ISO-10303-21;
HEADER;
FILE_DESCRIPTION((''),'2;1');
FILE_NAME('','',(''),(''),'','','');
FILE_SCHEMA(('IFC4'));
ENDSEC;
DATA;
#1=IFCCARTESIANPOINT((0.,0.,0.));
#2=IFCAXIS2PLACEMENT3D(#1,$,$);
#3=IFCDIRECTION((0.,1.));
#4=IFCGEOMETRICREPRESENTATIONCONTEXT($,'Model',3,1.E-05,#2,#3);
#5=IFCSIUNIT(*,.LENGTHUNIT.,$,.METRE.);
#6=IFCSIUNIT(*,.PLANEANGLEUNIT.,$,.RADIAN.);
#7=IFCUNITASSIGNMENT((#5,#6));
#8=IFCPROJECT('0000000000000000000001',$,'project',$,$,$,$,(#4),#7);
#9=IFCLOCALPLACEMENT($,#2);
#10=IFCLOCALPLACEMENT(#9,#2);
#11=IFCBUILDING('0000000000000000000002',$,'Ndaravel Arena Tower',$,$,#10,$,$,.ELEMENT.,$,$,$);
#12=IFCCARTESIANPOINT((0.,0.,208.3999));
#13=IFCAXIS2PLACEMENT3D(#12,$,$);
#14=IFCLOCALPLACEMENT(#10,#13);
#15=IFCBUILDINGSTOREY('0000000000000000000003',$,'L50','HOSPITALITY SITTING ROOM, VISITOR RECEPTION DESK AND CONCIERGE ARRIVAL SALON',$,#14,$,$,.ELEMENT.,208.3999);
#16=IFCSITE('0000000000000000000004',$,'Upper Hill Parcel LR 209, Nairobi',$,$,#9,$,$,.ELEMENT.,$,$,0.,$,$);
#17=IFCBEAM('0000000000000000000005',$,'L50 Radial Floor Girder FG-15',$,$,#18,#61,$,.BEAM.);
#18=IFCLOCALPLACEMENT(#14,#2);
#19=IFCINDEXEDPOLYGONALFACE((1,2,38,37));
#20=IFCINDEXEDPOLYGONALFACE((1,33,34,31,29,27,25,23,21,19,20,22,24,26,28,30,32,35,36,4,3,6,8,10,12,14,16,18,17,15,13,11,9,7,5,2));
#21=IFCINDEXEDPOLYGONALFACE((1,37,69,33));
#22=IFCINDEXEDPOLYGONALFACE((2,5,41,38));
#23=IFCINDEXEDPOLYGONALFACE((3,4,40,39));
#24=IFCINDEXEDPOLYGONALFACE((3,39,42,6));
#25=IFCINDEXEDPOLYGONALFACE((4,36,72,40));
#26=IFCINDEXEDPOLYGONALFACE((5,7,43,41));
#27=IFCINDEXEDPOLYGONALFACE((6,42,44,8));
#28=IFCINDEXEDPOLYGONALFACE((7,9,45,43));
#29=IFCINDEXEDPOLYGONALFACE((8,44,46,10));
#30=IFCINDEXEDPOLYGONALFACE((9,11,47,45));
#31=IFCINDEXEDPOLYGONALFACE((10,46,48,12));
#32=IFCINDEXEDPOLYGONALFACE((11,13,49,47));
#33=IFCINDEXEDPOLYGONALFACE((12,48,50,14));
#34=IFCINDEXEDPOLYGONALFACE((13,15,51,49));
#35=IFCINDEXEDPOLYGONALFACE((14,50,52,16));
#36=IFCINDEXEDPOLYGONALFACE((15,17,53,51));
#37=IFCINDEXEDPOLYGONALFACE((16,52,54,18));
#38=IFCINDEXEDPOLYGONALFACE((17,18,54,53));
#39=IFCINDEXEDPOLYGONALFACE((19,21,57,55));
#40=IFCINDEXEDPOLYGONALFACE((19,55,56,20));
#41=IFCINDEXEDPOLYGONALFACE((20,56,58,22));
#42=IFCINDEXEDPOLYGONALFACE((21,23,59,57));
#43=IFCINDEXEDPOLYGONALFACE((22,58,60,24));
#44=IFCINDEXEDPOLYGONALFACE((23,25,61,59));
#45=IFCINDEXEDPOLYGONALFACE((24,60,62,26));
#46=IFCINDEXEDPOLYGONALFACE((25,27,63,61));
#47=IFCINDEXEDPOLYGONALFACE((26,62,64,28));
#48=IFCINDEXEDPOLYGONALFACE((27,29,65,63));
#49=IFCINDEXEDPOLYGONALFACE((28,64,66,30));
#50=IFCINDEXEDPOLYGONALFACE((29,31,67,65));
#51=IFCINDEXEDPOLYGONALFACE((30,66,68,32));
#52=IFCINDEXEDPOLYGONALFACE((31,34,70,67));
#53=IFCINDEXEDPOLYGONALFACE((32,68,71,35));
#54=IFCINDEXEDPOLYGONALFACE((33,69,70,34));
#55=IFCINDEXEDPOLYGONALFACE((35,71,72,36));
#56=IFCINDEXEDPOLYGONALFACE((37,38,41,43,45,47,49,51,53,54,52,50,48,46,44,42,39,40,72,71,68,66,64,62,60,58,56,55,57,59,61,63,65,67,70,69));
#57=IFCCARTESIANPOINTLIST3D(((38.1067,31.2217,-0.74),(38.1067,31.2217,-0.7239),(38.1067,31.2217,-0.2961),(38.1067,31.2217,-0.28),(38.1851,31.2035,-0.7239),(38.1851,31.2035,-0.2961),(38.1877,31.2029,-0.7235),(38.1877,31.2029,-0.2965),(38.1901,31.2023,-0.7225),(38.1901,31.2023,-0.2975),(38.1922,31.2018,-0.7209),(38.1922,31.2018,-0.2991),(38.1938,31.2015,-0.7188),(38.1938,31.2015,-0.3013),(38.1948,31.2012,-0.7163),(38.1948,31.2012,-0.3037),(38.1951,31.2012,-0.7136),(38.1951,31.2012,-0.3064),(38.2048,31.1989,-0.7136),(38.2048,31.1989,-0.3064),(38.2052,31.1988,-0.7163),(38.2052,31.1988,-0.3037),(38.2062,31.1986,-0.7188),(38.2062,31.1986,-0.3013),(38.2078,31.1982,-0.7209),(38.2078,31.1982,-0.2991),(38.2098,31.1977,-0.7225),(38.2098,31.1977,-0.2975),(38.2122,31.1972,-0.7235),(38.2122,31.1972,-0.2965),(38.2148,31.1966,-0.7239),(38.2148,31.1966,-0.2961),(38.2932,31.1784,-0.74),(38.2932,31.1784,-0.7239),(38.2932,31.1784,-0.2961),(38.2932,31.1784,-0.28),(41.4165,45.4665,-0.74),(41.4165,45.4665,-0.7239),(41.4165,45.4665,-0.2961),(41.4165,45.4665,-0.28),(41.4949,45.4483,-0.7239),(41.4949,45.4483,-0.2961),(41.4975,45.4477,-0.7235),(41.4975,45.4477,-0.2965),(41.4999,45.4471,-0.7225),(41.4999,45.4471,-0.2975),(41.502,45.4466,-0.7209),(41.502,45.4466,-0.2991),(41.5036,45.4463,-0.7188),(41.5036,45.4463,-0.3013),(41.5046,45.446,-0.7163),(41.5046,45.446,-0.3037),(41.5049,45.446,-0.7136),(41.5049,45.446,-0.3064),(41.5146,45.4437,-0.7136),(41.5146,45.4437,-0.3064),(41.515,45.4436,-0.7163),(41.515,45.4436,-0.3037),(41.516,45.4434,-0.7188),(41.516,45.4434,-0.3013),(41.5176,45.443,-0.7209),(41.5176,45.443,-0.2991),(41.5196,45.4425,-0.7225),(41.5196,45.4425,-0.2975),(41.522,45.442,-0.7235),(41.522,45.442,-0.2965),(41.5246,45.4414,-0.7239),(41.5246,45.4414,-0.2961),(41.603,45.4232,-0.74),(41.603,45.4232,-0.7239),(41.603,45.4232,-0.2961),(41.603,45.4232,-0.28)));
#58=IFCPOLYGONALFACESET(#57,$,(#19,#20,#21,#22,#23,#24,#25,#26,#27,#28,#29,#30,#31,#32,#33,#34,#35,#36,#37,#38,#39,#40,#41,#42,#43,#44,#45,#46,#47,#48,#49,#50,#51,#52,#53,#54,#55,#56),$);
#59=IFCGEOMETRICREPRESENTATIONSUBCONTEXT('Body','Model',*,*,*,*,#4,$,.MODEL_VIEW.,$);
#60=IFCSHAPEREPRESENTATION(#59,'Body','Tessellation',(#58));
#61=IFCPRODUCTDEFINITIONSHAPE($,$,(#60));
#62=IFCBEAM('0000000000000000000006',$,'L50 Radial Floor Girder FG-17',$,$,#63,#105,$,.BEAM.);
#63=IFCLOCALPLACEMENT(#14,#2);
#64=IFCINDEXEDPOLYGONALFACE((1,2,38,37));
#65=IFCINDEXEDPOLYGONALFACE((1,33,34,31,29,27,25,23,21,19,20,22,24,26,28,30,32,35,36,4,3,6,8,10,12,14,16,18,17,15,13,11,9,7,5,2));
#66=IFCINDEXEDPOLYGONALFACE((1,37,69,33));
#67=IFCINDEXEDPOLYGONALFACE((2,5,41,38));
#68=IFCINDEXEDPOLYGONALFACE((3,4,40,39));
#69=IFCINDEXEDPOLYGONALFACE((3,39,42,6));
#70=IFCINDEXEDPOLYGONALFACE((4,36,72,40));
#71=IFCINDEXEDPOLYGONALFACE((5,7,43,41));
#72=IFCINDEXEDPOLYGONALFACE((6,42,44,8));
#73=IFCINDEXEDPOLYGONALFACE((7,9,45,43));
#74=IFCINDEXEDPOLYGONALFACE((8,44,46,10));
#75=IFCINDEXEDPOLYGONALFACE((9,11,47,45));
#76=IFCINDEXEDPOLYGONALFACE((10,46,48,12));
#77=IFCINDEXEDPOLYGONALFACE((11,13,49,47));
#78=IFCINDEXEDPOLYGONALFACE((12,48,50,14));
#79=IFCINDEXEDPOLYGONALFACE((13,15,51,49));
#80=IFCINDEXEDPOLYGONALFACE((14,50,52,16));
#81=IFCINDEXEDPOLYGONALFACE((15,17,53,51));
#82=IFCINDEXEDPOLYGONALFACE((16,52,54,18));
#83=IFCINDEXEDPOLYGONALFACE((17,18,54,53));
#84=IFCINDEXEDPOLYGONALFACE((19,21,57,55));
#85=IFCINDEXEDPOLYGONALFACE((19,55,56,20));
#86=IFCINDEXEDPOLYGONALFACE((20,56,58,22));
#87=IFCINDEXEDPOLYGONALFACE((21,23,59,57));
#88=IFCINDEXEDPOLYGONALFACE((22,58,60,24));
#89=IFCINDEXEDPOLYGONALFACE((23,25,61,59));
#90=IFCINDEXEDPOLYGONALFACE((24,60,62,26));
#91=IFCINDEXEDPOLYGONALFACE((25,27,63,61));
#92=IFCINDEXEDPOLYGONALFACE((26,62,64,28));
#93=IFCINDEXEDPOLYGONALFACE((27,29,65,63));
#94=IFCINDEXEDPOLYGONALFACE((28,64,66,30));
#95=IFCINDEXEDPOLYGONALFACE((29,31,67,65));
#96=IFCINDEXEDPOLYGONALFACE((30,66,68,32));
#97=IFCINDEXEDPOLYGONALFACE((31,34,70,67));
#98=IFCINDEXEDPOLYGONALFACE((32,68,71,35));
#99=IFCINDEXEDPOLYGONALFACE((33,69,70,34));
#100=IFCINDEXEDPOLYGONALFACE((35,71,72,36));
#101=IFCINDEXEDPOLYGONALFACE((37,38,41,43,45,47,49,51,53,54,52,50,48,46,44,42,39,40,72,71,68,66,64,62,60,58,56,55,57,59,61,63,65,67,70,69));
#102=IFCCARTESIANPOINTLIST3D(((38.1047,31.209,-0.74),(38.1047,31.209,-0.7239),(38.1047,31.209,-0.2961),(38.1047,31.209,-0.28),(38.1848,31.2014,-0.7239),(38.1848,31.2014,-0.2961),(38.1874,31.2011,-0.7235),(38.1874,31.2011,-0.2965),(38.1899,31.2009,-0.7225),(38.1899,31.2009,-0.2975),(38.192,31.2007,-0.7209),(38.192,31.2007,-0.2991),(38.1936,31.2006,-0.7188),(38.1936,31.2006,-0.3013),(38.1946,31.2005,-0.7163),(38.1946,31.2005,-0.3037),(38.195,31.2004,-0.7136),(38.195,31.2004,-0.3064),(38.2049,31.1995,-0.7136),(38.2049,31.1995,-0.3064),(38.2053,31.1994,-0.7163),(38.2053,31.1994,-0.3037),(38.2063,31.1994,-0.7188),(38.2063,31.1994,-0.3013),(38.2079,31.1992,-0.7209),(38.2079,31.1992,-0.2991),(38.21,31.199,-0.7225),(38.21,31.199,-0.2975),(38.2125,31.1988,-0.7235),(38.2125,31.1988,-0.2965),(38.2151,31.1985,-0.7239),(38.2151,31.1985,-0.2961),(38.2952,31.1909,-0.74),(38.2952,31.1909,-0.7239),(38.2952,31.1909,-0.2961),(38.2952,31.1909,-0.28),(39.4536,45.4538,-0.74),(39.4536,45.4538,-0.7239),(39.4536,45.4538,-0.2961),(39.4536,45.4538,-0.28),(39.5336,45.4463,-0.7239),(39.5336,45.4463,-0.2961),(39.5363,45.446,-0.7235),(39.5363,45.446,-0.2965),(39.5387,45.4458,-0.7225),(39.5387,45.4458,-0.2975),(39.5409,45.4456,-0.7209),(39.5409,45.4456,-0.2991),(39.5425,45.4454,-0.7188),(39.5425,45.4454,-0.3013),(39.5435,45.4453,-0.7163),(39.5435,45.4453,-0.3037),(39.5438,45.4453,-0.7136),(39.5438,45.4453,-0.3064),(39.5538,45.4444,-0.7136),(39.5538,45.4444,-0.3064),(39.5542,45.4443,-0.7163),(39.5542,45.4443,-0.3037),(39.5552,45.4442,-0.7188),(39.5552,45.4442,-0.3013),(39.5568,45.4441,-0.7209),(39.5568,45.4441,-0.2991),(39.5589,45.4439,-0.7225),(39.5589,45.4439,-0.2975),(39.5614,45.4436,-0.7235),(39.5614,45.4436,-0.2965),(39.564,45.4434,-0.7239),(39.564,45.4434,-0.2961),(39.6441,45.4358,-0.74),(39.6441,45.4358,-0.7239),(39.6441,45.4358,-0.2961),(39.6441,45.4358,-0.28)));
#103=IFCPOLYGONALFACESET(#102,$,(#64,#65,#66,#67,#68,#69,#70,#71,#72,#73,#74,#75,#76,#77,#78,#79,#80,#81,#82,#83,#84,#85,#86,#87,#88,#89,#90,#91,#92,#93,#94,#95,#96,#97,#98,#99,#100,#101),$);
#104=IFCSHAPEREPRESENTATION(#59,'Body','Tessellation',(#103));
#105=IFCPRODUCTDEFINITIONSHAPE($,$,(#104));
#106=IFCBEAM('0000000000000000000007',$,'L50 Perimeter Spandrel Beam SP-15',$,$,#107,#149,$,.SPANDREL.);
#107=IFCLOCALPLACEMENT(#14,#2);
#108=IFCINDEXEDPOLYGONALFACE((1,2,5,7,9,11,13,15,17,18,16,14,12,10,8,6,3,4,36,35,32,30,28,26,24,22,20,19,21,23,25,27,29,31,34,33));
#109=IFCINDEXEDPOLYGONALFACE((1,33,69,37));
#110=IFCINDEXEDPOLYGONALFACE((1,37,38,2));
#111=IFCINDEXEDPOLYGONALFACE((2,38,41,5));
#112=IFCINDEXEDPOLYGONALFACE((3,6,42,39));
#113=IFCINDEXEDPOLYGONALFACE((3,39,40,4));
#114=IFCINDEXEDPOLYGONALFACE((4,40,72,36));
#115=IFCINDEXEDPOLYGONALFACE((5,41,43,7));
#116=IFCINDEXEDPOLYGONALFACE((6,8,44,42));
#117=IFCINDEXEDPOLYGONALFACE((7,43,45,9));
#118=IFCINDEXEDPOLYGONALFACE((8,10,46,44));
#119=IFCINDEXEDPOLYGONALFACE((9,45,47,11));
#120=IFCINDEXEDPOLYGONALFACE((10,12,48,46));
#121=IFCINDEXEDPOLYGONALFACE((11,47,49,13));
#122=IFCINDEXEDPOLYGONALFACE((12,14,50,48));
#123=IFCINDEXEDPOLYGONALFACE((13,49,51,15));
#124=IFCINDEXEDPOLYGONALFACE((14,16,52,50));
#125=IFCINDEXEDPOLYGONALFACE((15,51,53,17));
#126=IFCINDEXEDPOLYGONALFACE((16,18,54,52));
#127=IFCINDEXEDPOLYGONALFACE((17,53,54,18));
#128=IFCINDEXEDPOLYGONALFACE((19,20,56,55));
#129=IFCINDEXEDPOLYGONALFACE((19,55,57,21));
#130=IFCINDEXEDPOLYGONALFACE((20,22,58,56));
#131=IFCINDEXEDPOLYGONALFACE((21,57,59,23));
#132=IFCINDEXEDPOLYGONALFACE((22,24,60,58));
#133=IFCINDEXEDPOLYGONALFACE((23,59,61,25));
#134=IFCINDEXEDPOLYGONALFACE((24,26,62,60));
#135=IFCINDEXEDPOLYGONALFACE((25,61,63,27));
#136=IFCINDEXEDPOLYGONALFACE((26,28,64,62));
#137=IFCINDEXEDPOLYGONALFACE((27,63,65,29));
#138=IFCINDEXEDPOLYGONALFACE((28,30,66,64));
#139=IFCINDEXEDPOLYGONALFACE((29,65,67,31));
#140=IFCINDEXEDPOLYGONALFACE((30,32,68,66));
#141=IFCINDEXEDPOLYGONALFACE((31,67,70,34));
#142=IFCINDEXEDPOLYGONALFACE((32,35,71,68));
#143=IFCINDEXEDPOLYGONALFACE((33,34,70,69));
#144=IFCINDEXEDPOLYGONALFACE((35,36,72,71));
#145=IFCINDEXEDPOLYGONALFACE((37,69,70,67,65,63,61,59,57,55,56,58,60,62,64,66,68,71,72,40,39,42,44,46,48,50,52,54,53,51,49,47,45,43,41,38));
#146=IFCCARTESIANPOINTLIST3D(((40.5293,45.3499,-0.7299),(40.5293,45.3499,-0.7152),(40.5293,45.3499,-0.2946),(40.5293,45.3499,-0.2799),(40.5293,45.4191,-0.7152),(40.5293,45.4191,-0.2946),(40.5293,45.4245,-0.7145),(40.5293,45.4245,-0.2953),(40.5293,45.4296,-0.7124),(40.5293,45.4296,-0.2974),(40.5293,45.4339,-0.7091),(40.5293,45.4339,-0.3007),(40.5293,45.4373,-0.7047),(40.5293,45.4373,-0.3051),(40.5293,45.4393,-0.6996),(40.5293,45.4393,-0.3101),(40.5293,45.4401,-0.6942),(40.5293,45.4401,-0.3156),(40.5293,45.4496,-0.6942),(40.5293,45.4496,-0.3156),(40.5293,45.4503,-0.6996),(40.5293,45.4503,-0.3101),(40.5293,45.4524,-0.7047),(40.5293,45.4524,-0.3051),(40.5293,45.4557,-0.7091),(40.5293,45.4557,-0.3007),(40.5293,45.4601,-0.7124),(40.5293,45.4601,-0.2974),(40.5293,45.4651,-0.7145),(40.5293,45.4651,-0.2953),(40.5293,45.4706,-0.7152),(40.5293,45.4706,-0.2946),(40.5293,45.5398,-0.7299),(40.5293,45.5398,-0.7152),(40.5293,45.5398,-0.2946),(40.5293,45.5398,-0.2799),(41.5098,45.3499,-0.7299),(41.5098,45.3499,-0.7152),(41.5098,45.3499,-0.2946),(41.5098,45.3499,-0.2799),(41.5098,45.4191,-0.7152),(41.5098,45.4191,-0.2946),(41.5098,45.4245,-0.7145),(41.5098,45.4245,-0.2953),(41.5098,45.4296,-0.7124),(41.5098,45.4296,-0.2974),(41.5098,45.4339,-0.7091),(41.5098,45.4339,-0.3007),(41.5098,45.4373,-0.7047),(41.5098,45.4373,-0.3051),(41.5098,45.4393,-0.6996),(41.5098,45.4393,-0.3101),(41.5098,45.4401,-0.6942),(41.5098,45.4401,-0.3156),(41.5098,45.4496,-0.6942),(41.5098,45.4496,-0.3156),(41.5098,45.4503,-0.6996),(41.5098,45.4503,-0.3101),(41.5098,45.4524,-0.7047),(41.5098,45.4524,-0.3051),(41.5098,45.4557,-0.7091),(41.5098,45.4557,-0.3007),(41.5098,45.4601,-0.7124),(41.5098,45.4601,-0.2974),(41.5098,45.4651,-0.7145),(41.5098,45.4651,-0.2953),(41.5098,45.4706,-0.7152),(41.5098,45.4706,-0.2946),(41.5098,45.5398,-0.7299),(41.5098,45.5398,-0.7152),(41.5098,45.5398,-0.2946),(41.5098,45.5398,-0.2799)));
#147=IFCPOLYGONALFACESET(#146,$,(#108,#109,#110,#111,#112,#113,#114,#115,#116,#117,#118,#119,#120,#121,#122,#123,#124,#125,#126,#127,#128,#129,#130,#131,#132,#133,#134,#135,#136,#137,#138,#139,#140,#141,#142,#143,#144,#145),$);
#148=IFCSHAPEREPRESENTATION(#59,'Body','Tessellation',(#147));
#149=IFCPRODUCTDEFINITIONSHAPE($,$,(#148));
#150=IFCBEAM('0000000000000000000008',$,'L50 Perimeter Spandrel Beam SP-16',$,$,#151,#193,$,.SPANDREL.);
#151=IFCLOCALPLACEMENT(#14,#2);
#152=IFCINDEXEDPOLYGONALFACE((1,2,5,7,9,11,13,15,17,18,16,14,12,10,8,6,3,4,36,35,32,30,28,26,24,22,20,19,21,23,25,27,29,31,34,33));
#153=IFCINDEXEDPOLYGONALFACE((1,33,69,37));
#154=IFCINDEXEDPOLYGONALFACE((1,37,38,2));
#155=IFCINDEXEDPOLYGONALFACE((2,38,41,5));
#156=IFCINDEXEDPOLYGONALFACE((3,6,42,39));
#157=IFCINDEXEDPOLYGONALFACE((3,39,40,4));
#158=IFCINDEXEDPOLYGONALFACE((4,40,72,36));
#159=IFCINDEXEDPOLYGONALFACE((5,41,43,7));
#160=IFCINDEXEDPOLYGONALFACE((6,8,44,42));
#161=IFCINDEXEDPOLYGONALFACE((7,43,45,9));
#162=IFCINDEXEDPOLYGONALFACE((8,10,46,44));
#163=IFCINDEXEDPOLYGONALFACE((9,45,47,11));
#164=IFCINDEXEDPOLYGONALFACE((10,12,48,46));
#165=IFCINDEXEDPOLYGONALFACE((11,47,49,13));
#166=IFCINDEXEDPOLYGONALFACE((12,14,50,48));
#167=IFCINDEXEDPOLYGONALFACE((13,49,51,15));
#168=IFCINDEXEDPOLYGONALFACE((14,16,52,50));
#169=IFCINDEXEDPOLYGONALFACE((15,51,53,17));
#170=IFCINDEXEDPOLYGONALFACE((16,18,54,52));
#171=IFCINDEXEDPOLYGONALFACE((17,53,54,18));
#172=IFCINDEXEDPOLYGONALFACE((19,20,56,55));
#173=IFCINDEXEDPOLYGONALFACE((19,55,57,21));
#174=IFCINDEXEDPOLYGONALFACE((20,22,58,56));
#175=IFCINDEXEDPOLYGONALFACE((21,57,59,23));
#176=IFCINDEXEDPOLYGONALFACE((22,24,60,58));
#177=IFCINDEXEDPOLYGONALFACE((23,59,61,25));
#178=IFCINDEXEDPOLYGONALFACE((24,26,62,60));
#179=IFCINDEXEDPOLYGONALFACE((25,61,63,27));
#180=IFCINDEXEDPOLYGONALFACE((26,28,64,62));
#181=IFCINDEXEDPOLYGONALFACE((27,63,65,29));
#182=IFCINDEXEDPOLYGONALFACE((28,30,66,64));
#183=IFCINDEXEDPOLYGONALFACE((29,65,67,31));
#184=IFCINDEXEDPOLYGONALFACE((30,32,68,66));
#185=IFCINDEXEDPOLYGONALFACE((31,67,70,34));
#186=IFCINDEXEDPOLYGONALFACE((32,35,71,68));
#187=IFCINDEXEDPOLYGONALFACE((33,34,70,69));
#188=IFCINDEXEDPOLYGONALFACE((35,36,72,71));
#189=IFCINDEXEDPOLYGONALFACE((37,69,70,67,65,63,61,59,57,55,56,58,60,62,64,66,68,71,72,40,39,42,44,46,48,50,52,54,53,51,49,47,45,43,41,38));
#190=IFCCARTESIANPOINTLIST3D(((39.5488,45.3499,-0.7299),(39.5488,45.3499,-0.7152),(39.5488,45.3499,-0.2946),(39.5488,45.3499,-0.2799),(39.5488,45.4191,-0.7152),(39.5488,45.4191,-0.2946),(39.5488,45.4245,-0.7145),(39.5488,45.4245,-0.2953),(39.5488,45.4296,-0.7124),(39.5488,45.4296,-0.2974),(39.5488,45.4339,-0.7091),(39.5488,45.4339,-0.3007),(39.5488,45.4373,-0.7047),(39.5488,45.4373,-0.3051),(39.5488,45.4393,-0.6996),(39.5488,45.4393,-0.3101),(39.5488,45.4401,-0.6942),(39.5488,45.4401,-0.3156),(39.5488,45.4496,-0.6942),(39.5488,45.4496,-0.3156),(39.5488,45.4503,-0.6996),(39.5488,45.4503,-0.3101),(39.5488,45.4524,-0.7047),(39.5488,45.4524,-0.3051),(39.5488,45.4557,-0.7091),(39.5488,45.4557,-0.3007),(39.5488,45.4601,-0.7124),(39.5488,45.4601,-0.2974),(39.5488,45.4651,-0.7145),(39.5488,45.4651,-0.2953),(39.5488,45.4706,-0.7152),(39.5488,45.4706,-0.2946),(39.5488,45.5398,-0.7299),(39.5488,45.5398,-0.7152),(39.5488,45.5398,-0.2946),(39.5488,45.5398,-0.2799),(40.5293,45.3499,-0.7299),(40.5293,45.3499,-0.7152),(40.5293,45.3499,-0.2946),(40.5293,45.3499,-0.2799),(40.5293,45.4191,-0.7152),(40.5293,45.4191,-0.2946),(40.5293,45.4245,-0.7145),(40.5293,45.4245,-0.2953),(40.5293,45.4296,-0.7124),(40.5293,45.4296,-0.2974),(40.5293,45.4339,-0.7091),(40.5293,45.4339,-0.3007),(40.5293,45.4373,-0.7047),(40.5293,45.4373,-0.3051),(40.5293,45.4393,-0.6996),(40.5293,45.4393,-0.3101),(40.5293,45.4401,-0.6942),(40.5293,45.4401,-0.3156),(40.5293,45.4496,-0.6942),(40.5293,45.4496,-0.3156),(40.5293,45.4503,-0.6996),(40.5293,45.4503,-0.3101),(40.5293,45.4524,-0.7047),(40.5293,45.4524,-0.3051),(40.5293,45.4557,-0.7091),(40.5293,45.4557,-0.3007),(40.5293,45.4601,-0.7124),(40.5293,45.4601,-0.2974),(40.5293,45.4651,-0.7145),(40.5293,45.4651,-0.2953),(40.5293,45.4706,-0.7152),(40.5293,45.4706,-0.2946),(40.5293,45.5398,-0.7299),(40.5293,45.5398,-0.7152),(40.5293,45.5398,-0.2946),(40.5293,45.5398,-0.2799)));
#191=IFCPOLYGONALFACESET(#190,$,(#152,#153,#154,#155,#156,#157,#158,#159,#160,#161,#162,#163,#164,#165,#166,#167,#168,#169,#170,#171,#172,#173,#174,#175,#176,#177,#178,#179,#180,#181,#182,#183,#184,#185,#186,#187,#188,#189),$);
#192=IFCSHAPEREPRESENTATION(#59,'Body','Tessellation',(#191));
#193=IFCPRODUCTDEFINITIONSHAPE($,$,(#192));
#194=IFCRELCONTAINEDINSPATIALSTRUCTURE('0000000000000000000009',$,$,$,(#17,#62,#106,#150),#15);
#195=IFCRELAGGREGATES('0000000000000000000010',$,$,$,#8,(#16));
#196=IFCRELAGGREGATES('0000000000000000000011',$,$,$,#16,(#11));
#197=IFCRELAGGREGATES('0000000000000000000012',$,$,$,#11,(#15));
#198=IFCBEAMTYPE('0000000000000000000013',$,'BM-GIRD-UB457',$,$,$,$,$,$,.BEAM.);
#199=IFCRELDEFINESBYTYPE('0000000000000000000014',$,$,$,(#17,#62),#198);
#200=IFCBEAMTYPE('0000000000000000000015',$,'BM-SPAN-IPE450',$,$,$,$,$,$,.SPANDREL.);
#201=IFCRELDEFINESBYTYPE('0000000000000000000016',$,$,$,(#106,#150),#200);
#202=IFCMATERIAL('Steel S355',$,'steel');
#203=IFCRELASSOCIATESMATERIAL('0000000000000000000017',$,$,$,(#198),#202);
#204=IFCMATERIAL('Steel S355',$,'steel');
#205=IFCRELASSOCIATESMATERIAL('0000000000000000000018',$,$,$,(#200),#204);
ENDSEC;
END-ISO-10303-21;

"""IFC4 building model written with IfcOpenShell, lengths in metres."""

from ifc_helpers import new_model, si_unit, direction, frame, origin, origin_2d, place, context, subcontext, project, spatial, i_section, extrude, material, material_profile, profile_set, type_object, element, save


model = new_model("IFC4")

# Units and contexts
model_context = context("Model", 3, precision=1e-05, world=origin(), true_north=direction((0.0, 1.0)))
body_context = subcontext(model_context, "Body", "Model", "MODEL_VIEW")
ifc_project = project(units=[si_unit("LENGTHUNIT", "METRE"), si_unit("PLANEANGLEUNIT", "RADIAN")], contexts=[model_context])

# Site, building, storey
site_placement = place(None, origin())
site = spatial("IfcSite", under=ifc_project, at=site_placement, Name="Upper Hill Parcel LR 209, Nairobi", CompositionType="ELEMENT", RefElevation=0.0)
building_placement = place(site_placement, origin())
building = spatial("IfcBuilding", under=site, at=building_placement, Name="Ndaravel Arena Tower", CompositionType="ELEMENT")
storey_placement = place(building_placement, frame((0.0, 0.0, 208.3999)))
storey = spatial("IfcBuildingStorey", under=building, at=storey_placement, Name="L50", Description="HOSPITALITY SITTING ROOM, VISITOR RECEPTION DESK AND CONCIERGE ARRIVAL SALON", CompositionType="ELEMENT", Elevation=208.3999)

# Beams
ifc_material_1 = material(Name="Steel S355", Category="steel")
ifc_material_profile_1 = material_profile(ifc_material_1, i_section(OverallWidth=0.1914, OverallDepth=0.46, WebThickness=0.01, FlangeThickness=0.0161, FilletRadius=0.0103, at=origin_2d()), Name="UB 457x191x82")
ifc_profile_set_1 = profile_set([ifc_material_profile_1], Name="Steel S355")
beam_type_1 = type_object("IfcBeamType", Name="BM-GIRD-UB457", PredefinedType="BEAM", material=ifc_profile_set_1)
beam_1_placement = place(storey_placement, frame((41.5098, 45.4448, -0.51), z_axis=(-0.226322, -0.974052, 0.0), x_axis=(0.974052, -0.226322, 0.0)))
element("IfcBeam", 1, at=beam_1_placement, inside=storey, type_object=beam_type_1, Name="L50 Radial Floor Girder FG-15", PredefinedType="BEAM", context=body_context, shape_type="SweptSolid", body=[
    extrude(i_section(OverallWidth=0.1914, OverallDepth=0.46, WebThickness=0.01, FlangeThickness=0.0161, FilletRadius=0.0103, at=origin_2d()), origin(), (0.0, 0.0, 1.0), 14.6243),
])
beam_2_placement = place(storey_placement, frame((39.5488, 45.4448, -0.51), z_axis=(-0.09427, -0.995547, 0.0), x_axis=(0.995547, -0.09427, 0.0)))
element("IfcBeam", 2, at=beam_2_placement, inside=storey, type_object=beam_type_1, Name="L50 Radial Floor Girder FG-17", PredefinedType="BEAM", context=body_context, shape_type="SweptSolid", body=[
    extrude(i_section(OverallWidth=0.1914, OverallDepth=0.46, WebThickness=0.01, FlangeThickness=0.0161, FilletRadius=0.0103, at=origin_2d()), origin(), (0.0, 0.0, 1.0), 14.3086),
])
ifc_material_2 = material(Name="Steel S355", Category="steel")
ifc_material_profile_2 = material_profile(ifc_material_2, i_section(OverallWidth=0.1899, OverallDepth=0.45, WebThickness=0.0095, FlangeThickness=0.0146, FilletRadius=0.021, at=origin_2d()), Name="IPE 450")
ifc_profile_set_2 = profile_set([ifc_material_profile_2], Name="Steel S355")
beam_type_2 = type_object("IfcBeamType", Name="BM-SPAN-IPE450", PredefinedType="SPANDREL", material=ifc_profile_set_2)
for number, where, z_axis, x_axis, name in (
    (3, (41.5098, 45.4448, -0.5049), (-1.0, 0.0, 0.0), (0.0, -1.0, 0.0), "L50 Perimeter Spandrel Beam SP-15"),
    (4, (40.5293, 45.4448, -0.5049), (-1.0, 0.0, 0.0), (0.0, -1.0, 0.0), "L50 Perimeter Spandrel Beam SP-16"),
):
    element("IfcBeam", number, at=place(storey_placement, frame(where, z_axis=z_axis, x_axis=x_axis)), inside=storey, type_object=beam_type_2, Name=name, PredefinedType="SPANDREL", context=body_context, shape_type="SweptSolid", body=[
        extrude(i_section(OverallWidth=0.1899, OverallDepth=0.45, WebThickness=0.0095, FlangeThickness=0.0146, FilletRadius=0.021, at=origin_2d()), origin(), (0.0, 0.0, 1.0), 0.9805),
    ])

save(model, "model.ifc")
